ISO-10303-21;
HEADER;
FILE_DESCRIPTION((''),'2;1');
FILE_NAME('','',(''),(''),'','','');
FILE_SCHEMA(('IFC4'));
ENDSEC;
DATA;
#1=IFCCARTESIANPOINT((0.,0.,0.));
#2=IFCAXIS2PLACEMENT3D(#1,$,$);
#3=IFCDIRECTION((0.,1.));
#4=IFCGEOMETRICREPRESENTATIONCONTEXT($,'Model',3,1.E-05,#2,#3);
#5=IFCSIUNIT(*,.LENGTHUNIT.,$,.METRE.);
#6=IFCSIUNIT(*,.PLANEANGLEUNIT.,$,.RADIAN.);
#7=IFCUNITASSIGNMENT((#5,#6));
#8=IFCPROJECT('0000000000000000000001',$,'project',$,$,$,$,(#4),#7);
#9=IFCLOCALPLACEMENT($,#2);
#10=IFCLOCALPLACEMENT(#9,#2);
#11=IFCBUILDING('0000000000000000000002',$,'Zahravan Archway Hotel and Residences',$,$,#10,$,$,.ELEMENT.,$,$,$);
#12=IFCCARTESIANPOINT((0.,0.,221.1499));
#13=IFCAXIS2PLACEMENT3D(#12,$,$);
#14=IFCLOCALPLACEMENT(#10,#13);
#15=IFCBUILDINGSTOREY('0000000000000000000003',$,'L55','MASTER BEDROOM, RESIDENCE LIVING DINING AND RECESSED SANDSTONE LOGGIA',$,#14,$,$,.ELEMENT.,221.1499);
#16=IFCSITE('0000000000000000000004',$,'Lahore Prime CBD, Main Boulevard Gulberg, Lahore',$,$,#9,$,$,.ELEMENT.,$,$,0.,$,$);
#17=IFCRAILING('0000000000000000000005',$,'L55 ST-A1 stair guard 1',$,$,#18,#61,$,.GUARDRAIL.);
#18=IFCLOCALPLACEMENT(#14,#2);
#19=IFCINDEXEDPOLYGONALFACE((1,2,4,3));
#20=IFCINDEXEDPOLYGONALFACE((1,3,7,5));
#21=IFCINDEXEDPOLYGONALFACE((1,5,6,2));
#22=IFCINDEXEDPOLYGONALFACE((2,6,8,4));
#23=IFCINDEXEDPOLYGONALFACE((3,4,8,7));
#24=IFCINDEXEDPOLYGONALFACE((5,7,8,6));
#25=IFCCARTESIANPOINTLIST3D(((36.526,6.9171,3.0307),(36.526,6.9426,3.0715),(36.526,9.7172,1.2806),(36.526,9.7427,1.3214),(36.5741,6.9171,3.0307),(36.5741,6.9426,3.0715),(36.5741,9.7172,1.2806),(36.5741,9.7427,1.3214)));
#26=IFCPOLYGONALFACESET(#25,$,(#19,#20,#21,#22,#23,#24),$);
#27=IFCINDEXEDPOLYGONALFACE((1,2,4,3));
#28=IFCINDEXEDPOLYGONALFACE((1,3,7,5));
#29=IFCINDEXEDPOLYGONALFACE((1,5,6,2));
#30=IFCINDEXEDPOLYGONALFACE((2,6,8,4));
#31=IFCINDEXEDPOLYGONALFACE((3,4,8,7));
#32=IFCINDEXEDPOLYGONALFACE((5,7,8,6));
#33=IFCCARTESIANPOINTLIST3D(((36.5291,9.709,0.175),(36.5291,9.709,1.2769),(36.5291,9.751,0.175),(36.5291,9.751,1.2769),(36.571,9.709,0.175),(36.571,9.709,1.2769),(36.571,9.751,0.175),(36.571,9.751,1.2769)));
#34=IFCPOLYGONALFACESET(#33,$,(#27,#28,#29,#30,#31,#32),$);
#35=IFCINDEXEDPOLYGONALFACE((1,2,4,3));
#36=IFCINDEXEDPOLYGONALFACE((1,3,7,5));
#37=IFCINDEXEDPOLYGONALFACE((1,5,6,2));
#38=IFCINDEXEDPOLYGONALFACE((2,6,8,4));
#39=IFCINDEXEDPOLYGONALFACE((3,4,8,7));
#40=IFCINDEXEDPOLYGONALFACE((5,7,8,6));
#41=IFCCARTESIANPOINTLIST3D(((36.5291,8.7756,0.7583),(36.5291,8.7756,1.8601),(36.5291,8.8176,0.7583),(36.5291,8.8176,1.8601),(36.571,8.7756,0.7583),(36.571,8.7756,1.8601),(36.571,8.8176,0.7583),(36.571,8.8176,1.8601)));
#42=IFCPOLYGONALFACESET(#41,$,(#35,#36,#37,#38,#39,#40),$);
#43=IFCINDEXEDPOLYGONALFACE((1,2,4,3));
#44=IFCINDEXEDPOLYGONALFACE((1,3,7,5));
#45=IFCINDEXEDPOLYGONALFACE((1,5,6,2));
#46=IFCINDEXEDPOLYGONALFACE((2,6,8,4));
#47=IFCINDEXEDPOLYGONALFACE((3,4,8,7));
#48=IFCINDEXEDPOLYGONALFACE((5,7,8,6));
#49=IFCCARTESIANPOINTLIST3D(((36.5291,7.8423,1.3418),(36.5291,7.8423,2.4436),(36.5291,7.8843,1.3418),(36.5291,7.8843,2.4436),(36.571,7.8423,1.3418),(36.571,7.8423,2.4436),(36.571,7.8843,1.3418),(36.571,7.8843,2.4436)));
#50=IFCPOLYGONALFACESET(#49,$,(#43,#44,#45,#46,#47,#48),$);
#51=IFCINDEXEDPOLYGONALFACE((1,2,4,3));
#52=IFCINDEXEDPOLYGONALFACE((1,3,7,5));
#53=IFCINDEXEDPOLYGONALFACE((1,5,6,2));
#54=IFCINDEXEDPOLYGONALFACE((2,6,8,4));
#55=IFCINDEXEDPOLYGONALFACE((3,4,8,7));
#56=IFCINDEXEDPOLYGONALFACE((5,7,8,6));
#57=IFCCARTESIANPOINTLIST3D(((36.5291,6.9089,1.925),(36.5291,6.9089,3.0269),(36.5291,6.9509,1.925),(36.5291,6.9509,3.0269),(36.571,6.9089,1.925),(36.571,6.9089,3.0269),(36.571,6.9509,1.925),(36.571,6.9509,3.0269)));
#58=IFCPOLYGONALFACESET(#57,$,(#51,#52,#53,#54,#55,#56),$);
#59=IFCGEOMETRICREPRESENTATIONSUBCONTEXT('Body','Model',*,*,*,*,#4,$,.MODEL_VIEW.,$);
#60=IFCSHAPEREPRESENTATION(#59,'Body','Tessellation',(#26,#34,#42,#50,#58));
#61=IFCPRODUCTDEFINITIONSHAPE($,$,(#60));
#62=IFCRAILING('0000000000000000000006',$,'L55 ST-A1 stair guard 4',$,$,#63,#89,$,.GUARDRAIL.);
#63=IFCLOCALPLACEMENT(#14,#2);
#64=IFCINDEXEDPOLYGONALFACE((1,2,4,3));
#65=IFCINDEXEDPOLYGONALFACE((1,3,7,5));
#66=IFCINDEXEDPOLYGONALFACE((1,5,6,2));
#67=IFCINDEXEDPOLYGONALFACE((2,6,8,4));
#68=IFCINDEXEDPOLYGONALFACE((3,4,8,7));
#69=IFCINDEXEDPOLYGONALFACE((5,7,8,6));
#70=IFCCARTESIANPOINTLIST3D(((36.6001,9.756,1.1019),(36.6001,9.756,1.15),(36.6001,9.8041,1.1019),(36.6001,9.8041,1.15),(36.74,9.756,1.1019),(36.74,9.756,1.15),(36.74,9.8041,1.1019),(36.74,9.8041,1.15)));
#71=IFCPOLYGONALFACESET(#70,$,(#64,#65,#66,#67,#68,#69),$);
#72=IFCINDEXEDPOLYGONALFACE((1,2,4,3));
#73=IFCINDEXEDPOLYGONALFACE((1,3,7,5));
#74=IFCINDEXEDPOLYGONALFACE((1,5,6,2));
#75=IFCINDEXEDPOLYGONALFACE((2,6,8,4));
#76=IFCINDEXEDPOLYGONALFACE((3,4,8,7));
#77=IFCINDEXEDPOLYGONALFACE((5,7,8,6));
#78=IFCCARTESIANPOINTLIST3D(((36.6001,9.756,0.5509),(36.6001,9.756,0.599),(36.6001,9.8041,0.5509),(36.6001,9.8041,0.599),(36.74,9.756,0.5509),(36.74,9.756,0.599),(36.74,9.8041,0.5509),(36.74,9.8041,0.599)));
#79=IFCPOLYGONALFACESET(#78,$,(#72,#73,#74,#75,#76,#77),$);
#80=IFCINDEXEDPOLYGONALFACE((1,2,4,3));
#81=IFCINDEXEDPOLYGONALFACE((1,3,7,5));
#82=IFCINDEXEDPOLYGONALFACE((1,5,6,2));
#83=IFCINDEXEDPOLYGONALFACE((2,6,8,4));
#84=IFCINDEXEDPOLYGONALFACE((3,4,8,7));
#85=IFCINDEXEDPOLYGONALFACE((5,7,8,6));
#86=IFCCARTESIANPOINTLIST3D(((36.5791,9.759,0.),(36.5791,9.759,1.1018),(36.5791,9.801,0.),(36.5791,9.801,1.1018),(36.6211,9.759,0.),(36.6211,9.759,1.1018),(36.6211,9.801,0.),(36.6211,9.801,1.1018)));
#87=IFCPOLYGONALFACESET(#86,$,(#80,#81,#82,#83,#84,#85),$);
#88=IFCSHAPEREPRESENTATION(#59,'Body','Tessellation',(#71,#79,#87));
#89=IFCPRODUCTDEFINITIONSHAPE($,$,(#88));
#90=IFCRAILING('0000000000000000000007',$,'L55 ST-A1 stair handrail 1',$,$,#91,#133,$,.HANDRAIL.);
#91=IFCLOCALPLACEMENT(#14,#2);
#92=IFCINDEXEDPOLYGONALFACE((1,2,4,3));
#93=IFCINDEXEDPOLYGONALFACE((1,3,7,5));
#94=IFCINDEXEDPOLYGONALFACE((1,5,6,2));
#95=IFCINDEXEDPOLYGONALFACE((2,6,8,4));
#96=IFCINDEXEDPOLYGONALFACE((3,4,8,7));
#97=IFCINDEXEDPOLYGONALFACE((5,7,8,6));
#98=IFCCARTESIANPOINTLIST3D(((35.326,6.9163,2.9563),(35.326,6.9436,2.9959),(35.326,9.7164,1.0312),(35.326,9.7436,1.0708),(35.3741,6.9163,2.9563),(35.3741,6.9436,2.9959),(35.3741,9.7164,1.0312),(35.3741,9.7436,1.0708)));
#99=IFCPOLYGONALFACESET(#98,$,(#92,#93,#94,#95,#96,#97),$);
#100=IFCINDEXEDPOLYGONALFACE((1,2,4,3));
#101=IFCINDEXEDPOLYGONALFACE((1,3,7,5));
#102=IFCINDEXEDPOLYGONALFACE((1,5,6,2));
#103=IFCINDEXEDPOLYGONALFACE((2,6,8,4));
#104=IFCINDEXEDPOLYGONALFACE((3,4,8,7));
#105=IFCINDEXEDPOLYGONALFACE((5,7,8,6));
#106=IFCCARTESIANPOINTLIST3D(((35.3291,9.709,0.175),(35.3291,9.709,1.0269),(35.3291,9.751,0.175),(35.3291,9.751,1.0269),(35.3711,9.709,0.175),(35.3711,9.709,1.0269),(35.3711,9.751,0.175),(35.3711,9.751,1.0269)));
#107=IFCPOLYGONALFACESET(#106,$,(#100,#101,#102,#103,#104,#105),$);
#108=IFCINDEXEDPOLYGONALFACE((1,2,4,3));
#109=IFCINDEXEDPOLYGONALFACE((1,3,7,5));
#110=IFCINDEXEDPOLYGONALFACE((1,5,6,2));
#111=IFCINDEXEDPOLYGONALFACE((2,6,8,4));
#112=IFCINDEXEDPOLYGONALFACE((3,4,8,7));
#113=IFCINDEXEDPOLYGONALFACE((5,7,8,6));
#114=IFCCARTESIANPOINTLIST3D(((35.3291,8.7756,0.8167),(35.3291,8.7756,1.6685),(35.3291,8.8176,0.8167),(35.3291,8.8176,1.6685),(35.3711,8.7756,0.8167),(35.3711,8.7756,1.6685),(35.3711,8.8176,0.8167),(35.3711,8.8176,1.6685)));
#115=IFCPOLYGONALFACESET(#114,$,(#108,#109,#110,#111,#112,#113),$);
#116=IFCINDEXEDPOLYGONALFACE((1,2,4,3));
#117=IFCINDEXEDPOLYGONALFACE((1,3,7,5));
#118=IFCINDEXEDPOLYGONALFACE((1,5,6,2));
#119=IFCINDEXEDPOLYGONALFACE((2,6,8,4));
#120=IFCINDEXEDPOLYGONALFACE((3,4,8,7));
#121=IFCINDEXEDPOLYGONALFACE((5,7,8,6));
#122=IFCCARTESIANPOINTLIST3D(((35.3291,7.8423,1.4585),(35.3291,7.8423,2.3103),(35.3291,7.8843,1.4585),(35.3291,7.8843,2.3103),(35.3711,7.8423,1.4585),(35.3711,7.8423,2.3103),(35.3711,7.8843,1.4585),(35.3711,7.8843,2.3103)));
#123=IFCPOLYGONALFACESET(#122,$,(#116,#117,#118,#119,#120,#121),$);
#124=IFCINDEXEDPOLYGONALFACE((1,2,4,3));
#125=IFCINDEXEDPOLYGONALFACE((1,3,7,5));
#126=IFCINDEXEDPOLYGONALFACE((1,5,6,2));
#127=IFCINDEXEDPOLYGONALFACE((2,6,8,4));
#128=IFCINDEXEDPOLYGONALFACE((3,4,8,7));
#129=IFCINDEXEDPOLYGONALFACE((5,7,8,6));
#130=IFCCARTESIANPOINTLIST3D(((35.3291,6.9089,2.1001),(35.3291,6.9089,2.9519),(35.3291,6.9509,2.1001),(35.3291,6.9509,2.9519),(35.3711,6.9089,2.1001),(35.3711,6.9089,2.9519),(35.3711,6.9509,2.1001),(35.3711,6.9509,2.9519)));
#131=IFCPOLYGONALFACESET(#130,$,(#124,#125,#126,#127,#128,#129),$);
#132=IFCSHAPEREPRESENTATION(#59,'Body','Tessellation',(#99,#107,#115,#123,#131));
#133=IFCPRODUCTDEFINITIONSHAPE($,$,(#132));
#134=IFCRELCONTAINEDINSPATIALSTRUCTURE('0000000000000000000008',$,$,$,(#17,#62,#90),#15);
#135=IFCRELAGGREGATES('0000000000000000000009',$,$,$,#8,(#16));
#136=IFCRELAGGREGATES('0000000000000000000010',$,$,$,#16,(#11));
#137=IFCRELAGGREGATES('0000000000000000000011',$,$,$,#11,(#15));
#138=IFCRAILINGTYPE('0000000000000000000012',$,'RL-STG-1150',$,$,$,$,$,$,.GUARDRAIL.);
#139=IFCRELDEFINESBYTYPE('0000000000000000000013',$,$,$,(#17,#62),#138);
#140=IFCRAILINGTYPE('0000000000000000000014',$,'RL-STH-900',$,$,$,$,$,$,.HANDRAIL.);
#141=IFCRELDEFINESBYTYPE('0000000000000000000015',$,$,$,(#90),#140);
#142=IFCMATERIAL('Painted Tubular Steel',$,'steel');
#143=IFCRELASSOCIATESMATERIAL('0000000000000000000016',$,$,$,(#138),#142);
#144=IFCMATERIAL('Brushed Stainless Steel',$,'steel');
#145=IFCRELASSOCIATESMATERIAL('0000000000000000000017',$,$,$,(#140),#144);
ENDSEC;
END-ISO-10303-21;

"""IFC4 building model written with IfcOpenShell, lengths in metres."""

from ifc_helpers import new_model, si_unit, direction, frame, origin, origin_2d, place, context, subcontext, project, spatial, rectangle, extrude, material, type_object, element, save


model = new_model("IFC4")

# Units and contexts
model_context = context("Model", 3, precision=1e-05, world=origin(), true_north=direction((0.0, 1.0)))
body_context = subcontext(model_context, "Body", "Model", "MODEL_VIEW")
ifc_project = project(units=[si_unit("LENGTHUNIT", "METRE"), si_unit("PLANEANGLEUNIT", "RADIAN")], contexts=[model_context])

# Site, building, storey
site_placement = place(None, origin())
site = spatial("IfcSite", under=ifc_project, at=site_placement, Name="Lahore Prime CBD, Main Boulevard Gulberg, Lahore", CompositionType="ELEMENT", RefElevation=0.0)
building_placement = place(site_placement, origin())
building = spatial("IfcBuilding", under=site, at=building_placement, Name="Zahravan Archway Hotel and Residences", CompositionType="ELEMENT")
storey_placement = place(building_placement, frame((0.0, 0.0, 221.1499)))
storey = spatial("IfcBuildingStorey", under=building, at=storey_placement, Name="L55", Description="MASTER BEDROOM, RESIDENCE LIVING DINING AND RECESSED SANDSTONE LOGGIA", CompositionType="ELEMENT", Elevation=221.1499)

# Shared definitions
ifc_material_1 = material(Name="Brushed Stainless Steel", Category="steel")

# Railings
ifc_material_2 = material(Name="Painted Tubular Steel", Category="steel")
railing_type_1 = type_object("IfcRailingType", Name="RL-STG-1150", PredefinedType="GUARDRAIL", material=ifc_material_2)
railing_1_placement = place(storey_placement, frame((36.55, 9.73, 0.175)))
element("IfcRailing", 1, at=railing_1_placement, inside=storey, type_object=railing_type_1, Name="L55 ST-A1 stair guard 1", PredefinedType="GUARDRAIL", context=body_context, shape_type="SweptSolid", body=[
    extrude(rectangle(XDim=0.0481, YDim=0.0481, at=origin_2d()), frame((0.0, 0.0, 1.126), z_axis=(0.0, -0.848002, 0.529992), x_axis=(1.0, 0.0, 0.0)), (0.0, 0.0, 1.0), 3.302),
    extrude(rectangle(XDim=0.042, YDim=0.042, at=origin_2d()), origin(), (0.0, 0.0, 1.0), 1.1018),
    extrude(rectangle(XDim=0.042, YDim=0.042, at=origin_2d()), frame((0.0, -0.9333, 0.5833)), (0.0, 0.0, 1.0), 1.1018),
    extrude(rectangle(XDim=0.042, YDim=0.042, at=origin_2d()), frame((0.0, -1.8667, 1.1667)), (0.0, 0.0, 1.0), 1.1018),
    extrude(rectangle(XDim=0.042, YDim=0.042, at=origin_2d()), frame((0.0, -2.8, 1.75)), (0.0, 0.0, 1.0), 1.1018),
])
railing_2_placement = place(storey_placement, frame((36.6001, 9.78, 0.0)))
element("IfcRailing", 2, at=railing_2_placement, inside=storey, type_object=railing_type_1, Name="L55 ST-A1 stair guard 4", PredefinedType="GUARDRAIL", context=body_context, shape_type="SweptSolid", body=[
    extrude(rectangle(XDim=0.0481, YDim=0.0481, at=origin_2d()), frame((0.0, 0.0, 1.126), z_axis=(1.0, 0.0, 0.0), x_axis=(0.0, 1.0, 0.0)), (0.0, 0.0, 1.0), 0.1399),
    extrude(rectangle(XDim=0.0481, YDim=0.0481, at=origin_2d()), frame((0.0, 0.0, 0.575), z_axis=(1.0, 0.0, 0.0), x_axis=(0.0, 1.0, 0.0)), (0.0, 0.0, 1.0), 0.1399),
    extrude(rectangle(XDim=0.042, YDim=0.042, at=origin_2d()), origin(), (0.0, 0.0, 1.0), 1.1018),
])
railing_type_2 = type_object("IfcRailingType", Name="RL-STH-900", PredefinedType="HANDRAIL", material=ifc_material_1)
railing_3_placement = place(storey_placement, frame((35.3501, 9.73, 0.175)))
element("IfcRailing", 3, at=railing_3_placement, inside=storey, type_object=railing_type_2, Name="L55 ST-A1 stair handrail 1", PredefinedType="HANDRAIL", context=body_context, shape_type="SweptSolid", body=[
    extrude(rectangle(XDim=0.0481, YDim=0.0481, at=origin_2d()), frame((0.0, 0.0, 0.876), z_axis=(0.0, -0.82404, 0.566532), x_axis=(1.0, 0.0, 0.0)), (0.0, 0.0, 1.0), 3.3979),
    extrude(rectangle(XDim=0.042, YDim=0.042, at=origin_2d()), origin(), (0.0, 0.0, 1.0), 0.8518),
    extrude(rectangle(XDim=0.042, YDim=0.042, at=origin_2d()), frame((0.0, -0.9333, 0.6416)), (0.0, 0.0, 1.0), 0.8518),
    extrude(rectangle(XDim=0.042, YDim=0.042, at=origin_2d()), frame((0.0, -1.8667, 1.2834)), (0.0, 0.0, 1.0), 0.8518),
    extrude(rectangle(XDim=0.042, YDim=0.042, at=origin_2d()), frame((0.0, -2.8, 1.925)), (0.0, 0.0, 1.0), 0.8518),
])

save(model, "model.ifc")
